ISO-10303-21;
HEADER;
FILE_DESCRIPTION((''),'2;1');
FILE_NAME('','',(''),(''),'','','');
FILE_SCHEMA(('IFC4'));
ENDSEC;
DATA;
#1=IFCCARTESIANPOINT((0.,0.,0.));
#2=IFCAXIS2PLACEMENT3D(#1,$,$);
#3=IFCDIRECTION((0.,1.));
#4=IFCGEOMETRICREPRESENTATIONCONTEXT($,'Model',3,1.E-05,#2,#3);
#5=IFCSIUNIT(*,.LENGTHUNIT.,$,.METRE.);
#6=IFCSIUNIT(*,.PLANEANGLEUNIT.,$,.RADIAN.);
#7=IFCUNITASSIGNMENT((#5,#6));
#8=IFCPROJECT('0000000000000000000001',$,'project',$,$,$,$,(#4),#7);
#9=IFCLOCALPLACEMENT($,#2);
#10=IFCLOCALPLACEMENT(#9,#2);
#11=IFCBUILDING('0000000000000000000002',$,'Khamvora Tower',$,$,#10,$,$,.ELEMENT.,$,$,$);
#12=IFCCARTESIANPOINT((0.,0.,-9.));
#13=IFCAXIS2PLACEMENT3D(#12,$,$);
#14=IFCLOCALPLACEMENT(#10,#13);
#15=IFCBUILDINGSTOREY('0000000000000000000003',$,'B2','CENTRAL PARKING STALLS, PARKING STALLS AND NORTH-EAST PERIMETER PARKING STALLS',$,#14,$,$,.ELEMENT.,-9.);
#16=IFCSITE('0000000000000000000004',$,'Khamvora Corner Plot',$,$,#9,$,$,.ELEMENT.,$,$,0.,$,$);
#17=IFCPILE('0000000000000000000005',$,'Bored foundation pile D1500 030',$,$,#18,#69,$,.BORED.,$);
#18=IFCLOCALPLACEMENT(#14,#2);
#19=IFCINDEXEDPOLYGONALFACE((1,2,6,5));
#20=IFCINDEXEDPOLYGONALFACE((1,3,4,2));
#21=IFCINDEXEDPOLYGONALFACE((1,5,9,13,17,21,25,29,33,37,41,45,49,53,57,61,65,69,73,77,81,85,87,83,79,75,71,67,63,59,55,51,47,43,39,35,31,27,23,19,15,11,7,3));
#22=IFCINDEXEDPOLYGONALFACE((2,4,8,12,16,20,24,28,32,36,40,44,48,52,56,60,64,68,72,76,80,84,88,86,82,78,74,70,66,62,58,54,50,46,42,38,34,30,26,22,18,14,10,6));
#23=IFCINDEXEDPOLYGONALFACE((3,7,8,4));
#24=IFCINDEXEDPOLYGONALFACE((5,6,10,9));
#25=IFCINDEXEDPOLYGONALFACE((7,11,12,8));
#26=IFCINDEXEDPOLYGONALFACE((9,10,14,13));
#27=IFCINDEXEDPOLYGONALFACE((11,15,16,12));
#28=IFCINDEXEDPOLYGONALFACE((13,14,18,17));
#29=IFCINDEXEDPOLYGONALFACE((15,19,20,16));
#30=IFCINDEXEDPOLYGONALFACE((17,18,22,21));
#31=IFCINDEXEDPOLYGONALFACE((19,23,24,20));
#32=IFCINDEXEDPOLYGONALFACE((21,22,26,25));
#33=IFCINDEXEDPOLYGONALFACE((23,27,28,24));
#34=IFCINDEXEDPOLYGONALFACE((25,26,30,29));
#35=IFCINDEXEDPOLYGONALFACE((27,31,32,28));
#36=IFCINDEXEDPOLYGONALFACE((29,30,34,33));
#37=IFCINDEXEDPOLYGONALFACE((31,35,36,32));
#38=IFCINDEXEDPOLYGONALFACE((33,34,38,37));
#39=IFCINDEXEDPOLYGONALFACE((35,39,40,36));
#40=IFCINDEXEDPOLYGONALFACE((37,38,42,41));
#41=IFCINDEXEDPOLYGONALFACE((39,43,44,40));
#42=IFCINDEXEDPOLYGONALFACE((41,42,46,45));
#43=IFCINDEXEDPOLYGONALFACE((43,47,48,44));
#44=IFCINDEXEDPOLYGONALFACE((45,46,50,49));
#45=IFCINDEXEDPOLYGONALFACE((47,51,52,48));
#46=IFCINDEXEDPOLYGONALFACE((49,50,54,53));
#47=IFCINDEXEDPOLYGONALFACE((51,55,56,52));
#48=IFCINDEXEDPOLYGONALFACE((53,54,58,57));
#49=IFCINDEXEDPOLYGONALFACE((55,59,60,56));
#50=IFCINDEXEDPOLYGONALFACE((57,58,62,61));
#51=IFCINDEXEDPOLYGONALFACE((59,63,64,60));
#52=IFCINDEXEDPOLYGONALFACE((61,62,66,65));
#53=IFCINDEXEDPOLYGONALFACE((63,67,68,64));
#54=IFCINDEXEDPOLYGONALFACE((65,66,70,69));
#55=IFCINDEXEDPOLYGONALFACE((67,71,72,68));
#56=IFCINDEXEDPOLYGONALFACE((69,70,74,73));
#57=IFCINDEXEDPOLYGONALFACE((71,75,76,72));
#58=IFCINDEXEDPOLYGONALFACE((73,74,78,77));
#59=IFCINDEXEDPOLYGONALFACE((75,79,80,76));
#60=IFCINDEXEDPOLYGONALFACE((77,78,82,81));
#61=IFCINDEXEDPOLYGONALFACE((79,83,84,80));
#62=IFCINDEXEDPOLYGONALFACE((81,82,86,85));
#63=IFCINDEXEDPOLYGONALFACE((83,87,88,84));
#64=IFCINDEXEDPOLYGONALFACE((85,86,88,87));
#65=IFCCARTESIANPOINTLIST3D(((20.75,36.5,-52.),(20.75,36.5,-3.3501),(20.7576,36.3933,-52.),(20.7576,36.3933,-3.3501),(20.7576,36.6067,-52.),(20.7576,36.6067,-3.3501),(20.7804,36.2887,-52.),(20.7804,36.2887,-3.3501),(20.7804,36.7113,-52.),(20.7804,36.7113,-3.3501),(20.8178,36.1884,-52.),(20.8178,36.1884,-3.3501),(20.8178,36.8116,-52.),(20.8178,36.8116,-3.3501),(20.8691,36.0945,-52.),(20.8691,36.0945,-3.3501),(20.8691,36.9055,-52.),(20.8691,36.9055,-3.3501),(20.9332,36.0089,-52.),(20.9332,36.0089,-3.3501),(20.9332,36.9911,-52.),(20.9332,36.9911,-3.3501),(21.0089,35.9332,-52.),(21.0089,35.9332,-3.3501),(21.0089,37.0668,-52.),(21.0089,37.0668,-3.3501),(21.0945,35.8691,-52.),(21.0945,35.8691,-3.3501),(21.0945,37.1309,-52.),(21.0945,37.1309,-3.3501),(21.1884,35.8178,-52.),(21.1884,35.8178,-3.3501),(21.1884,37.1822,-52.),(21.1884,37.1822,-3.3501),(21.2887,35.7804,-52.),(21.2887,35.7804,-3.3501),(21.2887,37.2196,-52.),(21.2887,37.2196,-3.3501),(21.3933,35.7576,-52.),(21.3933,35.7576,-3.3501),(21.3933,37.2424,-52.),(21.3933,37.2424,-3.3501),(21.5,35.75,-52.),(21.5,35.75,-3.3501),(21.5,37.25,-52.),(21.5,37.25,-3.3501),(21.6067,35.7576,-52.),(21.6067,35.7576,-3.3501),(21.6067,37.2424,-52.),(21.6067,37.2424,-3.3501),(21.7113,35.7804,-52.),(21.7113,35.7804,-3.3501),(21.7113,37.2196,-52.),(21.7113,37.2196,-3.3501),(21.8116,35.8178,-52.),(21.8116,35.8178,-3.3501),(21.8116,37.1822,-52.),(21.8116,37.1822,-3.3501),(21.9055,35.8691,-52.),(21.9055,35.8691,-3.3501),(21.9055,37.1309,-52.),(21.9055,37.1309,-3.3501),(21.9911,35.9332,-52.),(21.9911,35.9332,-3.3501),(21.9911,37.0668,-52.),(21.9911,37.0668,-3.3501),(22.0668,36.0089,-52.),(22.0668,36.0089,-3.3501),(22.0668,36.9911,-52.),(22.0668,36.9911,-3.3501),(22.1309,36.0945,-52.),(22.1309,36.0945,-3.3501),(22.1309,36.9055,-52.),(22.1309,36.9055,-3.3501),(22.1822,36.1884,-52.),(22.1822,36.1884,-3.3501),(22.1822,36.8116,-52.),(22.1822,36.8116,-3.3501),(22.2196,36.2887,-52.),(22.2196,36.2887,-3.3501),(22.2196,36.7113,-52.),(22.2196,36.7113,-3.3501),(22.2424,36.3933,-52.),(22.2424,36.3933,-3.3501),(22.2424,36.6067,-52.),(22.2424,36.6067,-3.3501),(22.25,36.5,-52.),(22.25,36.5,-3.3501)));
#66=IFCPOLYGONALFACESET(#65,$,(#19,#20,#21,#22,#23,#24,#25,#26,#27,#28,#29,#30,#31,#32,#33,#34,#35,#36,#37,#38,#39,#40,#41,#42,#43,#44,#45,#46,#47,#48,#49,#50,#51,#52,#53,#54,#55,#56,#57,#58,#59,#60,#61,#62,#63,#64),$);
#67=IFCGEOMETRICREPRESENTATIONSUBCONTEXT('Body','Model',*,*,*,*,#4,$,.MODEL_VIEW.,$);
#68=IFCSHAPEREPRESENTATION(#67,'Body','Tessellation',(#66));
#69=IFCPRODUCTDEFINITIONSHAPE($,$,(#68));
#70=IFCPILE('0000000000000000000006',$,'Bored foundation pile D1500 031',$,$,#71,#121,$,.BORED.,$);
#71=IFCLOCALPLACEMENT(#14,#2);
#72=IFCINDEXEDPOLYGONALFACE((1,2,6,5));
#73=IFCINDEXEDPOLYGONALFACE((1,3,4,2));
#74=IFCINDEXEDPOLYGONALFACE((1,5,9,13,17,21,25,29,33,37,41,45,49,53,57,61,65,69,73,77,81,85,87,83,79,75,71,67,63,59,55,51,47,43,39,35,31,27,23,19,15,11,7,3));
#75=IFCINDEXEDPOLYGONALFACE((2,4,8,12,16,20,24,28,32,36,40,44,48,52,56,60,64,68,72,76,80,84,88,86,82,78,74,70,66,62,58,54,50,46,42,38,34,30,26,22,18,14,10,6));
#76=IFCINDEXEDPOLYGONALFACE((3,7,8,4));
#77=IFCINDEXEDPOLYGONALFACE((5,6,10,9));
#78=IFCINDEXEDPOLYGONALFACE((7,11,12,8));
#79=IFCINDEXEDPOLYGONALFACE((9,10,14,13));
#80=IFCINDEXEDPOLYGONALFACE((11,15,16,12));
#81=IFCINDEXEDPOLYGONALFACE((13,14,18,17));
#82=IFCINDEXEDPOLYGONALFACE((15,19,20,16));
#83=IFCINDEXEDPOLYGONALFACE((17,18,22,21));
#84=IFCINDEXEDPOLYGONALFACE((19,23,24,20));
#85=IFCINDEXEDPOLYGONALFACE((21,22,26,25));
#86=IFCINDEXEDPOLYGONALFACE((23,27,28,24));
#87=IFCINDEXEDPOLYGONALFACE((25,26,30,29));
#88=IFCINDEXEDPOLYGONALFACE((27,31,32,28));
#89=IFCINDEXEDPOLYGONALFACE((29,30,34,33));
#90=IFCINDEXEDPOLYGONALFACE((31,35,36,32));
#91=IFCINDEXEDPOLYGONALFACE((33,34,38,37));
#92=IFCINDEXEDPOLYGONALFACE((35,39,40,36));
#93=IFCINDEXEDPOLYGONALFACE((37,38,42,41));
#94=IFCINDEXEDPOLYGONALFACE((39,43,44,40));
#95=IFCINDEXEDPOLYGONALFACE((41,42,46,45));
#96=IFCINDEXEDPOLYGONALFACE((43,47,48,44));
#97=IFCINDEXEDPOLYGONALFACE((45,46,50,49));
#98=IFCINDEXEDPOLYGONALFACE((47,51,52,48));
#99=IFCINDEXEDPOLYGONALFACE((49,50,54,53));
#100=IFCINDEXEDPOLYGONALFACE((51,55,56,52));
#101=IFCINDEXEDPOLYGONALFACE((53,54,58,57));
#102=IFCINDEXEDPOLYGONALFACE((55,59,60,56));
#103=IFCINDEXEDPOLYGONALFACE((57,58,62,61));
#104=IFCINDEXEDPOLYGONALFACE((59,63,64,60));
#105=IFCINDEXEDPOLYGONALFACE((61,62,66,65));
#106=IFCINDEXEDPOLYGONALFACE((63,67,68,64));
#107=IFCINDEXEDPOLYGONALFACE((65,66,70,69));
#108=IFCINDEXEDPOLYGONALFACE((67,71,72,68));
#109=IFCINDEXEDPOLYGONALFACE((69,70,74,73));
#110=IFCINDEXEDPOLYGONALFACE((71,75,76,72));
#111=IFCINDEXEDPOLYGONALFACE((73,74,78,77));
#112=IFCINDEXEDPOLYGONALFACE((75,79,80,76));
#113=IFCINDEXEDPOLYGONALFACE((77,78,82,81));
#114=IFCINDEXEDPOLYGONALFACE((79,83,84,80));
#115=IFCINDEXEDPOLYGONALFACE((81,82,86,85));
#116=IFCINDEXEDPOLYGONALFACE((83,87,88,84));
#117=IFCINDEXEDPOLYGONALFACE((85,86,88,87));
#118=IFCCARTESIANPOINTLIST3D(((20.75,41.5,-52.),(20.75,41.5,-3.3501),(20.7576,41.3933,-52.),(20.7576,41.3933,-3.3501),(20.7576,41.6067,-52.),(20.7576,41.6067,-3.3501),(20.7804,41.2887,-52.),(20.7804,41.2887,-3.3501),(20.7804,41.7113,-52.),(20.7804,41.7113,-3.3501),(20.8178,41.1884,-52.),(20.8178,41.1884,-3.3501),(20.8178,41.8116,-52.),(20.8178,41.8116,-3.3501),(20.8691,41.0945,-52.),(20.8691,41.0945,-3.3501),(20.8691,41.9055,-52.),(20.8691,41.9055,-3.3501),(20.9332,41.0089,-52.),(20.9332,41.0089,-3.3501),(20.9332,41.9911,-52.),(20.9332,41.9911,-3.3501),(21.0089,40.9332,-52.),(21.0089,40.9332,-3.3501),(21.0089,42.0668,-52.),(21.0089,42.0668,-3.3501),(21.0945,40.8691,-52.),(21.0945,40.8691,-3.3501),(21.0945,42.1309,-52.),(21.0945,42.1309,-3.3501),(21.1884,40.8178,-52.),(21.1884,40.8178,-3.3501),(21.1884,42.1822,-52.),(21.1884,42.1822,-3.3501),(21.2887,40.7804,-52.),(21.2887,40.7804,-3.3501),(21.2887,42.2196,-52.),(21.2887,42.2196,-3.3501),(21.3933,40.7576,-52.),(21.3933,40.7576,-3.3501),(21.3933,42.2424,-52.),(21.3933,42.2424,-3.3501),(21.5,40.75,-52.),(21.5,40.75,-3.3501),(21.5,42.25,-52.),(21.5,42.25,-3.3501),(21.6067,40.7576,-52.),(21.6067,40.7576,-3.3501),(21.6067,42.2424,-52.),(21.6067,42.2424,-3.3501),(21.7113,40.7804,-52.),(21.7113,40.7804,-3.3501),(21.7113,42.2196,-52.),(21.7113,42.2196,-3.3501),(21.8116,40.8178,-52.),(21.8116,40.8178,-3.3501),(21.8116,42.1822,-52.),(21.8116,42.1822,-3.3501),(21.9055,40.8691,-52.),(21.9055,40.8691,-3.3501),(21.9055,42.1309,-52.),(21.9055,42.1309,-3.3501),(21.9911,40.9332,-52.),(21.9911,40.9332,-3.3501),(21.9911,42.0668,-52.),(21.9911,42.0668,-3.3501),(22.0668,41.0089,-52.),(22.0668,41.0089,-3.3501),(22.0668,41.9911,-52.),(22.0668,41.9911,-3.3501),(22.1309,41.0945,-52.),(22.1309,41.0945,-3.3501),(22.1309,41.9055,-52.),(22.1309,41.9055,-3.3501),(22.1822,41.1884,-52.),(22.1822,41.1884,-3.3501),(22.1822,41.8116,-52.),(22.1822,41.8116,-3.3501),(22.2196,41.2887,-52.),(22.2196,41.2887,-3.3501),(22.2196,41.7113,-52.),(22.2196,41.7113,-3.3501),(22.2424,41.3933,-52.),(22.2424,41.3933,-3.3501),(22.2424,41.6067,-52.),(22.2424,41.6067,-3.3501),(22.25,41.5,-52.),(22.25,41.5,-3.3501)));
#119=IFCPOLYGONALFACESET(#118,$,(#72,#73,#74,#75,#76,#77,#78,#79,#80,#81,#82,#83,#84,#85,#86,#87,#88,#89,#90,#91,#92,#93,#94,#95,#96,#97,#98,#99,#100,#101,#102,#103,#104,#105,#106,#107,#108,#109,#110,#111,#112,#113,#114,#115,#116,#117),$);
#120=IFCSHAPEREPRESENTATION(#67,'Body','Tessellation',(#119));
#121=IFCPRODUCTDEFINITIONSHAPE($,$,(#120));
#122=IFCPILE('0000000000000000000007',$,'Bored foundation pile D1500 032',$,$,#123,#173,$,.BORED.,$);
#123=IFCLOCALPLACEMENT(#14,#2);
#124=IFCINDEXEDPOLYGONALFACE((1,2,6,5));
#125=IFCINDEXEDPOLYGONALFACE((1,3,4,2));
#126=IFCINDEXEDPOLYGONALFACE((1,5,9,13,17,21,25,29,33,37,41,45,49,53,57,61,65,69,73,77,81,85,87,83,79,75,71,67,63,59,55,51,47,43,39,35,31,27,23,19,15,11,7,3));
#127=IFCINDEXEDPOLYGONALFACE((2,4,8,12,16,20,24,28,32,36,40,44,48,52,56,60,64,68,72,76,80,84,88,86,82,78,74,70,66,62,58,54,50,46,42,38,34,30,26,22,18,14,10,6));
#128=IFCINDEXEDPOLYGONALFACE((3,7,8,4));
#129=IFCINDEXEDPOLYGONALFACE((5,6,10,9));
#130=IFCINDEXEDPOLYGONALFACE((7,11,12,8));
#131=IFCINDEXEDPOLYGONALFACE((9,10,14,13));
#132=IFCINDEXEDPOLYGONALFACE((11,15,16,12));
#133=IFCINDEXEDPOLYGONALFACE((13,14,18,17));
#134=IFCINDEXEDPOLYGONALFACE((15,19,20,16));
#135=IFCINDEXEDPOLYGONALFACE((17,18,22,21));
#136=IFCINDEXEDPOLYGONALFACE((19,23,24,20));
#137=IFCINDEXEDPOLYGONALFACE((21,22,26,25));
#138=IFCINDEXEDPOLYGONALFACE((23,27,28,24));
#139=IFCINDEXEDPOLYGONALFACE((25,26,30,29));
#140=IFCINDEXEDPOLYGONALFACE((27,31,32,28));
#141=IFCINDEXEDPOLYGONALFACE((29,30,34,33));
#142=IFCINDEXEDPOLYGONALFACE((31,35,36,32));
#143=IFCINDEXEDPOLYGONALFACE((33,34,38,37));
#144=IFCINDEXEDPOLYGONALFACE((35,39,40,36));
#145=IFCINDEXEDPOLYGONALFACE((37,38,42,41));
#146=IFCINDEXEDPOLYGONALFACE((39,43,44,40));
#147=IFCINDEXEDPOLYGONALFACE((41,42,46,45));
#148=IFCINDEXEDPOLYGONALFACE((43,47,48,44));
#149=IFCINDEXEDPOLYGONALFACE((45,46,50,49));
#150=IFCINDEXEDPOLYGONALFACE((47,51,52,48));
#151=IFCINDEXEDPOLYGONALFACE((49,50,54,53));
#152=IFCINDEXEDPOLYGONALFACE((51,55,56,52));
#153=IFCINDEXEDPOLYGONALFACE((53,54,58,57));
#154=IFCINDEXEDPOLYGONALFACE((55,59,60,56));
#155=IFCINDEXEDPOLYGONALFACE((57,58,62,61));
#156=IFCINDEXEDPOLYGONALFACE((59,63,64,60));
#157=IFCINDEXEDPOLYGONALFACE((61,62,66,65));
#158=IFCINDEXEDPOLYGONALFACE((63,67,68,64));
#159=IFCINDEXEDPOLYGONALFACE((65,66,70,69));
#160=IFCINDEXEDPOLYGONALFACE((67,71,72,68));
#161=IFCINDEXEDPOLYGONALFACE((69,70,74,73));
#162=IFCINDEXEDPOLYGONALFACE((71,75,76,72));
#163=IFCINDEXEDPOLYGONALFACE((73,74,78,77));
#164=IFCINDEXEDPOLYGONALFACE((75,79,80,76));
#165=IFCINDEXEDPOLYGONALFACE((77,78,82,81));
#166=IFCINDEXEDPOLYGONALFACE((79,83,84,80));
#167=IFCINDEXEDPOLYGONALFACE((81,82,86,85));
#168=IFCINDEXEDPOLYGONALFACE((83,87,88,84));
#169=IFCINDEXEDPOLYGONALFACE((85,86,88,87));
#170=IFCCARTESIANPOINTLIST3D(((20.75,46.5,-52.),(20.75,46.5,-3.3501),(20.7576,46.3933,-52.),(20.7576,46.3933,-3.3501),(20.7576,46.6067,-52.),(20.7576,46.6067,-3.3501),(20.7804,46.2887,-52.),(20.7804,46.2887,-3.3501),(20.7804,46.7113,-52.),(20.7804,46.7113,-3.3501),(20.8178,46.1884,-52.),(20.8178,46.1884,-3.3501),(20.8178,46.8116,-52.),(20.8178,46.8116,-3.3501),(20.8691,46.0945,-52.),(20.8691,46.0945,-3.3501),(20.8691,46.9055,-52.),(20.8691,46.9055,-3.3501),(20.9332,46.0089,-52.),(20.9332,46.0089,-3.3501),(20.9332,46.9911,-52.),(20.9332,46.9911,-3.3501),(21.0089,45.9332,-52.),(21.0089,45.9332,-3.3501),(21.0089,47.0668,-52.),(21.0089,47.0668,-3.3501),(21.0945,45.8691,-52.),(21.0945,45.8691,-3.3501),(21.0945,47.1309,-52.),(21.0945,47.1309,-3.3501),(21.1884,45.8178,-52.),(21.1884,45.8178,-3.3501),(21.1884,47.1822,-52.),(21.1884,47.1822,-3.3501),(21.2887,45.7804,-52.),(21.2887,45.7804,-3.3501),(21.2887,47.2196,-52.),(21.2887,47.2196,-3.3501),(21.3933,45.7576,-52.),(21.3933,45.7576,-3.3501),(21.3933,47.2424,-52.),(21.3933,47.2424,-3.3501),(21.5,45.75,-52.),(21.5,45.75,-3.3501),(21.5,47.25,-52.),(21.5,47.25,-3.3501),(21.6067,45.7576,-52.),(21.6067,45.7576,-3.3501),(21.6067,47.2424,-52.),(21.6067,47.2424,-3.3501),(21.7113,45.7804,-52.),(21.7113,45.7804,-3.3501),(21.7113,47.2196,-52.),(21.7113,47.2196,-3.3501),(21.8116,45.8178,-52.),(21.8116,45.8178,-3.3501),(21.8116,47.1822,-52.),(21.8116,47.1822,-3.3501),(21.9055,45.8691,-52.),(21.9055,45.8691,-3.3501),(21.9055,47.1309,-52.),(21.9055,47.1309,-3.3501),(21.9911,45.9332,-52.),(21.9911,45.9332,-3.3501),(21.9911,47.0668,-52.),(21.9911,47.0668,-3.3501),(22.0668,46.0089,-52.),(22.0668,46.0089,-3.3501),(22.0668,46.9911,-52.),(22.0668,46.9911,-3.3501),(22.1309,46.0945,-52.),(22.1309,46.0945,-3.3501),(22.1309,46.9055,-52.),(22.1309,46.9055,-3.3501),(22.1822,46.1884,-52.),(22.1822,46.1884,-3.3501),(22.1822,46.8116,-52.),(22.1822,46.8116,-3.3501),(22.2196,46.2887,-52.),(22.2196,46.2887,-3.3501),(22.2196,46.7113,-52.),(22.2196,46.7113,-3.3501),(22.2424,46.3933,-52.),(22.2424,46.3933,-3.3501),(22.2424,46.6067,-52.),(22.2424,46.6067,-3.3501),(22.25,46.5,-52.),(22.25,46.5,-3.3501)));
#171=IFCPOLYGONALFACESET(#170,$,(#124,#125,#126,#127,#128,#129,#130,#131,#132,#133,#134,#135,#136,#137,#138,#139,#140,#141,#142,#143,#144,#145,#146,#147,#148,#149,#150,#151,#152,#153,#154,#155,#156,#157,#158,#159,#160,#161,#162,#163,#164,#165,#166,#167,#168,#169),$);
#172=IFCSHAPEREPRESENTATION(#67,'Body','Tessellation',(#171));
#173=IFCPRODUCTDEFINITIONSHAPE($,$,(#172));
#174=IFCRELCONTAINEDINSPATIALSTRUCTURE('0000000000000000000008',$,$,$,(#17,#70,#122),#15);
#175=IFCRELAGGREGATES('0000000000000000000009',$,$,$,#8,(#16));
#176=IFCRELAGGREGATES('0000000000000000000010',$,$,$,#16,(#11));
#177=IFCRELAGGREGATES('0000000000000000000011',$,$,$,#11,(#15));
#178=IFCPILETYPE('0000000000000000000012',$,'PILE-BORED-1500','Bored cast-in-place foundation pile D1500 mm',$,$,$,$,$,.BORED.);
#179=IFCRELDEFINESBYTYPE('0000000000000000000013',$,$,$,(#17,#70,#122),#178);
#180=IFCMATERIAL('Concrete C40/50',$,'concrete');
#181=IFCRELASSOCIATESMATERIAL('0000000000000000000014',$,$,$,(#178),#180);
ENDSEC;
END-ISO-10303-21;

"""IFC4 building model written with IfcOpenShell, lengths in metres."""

from ifc_helpers import new_model, si_unit, direction, frame, origin, origin_2d, place, context, subcontext, project, spatial, circle, extrude, material, material_profile, profile_set, type_object, element, save


model = new_model("IFC4")

# Units and contexts
model_context = context("Model", 3, precision=1e-05, world=origin(), true_north=direction((0.0, 1.0)))
body_context = subcontext(model_context, "Body", "Model", "MODEL_VIEW")
ifc_project = project(units=[si_unit("LENGTHUNIT", "METRE"), si_unit("PLANEANGLEUNIT", "RADIAN")], contexts=[model_context])

# Site, building, storey
site_placement = place(None, origin())
site = spatial("IfcSite", under=ifc_project, at=site_placement, Name="Khamvora Corner Plot", CompositionType="ELEMENT", RefElevation=0.0)
building_placement = place(site_placement, origin())
building = spatial("IfcBuilding", under=site, at=building_placement, Name="Khamvora Tower", CompositionType="ELEMENT")
storey_placement = place(building_placement, frame((0.0, 0.0, -9.0)))
storey = spatial("IfcBuildingStorey", under=building, at=storey_placement, Name="B2", Description="CENTRAL PARKING STALLS, PARKING STALLS AND NORTH-EAST PERIMETER PARKING STALLS", CompositionType="ELEMENT", Elevation=-9.0)

# Piles
ifc_material_1 = material(Name="Concrete C40/50", Category="concrete")
ifc_material_profile_1 = material_profile(ifc_material_1, circle(Radius=0.75, at=origin_2d()), Name="PILE_D1500")
ifc_profile_set_1 = profile_set([ifc_material_profile_1], Name="Concrete C40/50")
pile_type = type_object("IfcPileType", Name="PILE-BORED-1500", Description="Bored cast-in-place foundation pile D1500 mm", PredefinedType="BORED", material=ifc_profile_set_1)
for number, where, z_axis, x_axis, name in (
    (1, (21.5, 36.5, -3.3501), (0.0, 0.0, -1.0), (1.0, 0.0, 0.0), "Bored foundation pile D1500 030"),
    (2, (21.5, 41.5, -3.3501), (0.0, 0.0, -1.0), (1.0, 0.0, 0.0), "Bored foundation pile D1500 031"),
    (3, (21.5, 46.5, -3.3501), (0.0, 0.0, -1.0), (1.0, 0.0, 0.0), "Bored foundation pile D1500 032"),
):
    element("IfcPile", number, at=place(storey_placement, frame(where, z_axis=z_axis, x_axis=x_axis)), inside=storey, type_object=pile_type, Name=name, PredefinedType="BORED", context=body_context, shape_type="SweptSolid", body=[
        extrude(circle(Radius=0.75, at=origin_2d()), origin(), (0.0, 0.0, 1.0), 48.6499),
    ])

save(model, "model.ifc")
